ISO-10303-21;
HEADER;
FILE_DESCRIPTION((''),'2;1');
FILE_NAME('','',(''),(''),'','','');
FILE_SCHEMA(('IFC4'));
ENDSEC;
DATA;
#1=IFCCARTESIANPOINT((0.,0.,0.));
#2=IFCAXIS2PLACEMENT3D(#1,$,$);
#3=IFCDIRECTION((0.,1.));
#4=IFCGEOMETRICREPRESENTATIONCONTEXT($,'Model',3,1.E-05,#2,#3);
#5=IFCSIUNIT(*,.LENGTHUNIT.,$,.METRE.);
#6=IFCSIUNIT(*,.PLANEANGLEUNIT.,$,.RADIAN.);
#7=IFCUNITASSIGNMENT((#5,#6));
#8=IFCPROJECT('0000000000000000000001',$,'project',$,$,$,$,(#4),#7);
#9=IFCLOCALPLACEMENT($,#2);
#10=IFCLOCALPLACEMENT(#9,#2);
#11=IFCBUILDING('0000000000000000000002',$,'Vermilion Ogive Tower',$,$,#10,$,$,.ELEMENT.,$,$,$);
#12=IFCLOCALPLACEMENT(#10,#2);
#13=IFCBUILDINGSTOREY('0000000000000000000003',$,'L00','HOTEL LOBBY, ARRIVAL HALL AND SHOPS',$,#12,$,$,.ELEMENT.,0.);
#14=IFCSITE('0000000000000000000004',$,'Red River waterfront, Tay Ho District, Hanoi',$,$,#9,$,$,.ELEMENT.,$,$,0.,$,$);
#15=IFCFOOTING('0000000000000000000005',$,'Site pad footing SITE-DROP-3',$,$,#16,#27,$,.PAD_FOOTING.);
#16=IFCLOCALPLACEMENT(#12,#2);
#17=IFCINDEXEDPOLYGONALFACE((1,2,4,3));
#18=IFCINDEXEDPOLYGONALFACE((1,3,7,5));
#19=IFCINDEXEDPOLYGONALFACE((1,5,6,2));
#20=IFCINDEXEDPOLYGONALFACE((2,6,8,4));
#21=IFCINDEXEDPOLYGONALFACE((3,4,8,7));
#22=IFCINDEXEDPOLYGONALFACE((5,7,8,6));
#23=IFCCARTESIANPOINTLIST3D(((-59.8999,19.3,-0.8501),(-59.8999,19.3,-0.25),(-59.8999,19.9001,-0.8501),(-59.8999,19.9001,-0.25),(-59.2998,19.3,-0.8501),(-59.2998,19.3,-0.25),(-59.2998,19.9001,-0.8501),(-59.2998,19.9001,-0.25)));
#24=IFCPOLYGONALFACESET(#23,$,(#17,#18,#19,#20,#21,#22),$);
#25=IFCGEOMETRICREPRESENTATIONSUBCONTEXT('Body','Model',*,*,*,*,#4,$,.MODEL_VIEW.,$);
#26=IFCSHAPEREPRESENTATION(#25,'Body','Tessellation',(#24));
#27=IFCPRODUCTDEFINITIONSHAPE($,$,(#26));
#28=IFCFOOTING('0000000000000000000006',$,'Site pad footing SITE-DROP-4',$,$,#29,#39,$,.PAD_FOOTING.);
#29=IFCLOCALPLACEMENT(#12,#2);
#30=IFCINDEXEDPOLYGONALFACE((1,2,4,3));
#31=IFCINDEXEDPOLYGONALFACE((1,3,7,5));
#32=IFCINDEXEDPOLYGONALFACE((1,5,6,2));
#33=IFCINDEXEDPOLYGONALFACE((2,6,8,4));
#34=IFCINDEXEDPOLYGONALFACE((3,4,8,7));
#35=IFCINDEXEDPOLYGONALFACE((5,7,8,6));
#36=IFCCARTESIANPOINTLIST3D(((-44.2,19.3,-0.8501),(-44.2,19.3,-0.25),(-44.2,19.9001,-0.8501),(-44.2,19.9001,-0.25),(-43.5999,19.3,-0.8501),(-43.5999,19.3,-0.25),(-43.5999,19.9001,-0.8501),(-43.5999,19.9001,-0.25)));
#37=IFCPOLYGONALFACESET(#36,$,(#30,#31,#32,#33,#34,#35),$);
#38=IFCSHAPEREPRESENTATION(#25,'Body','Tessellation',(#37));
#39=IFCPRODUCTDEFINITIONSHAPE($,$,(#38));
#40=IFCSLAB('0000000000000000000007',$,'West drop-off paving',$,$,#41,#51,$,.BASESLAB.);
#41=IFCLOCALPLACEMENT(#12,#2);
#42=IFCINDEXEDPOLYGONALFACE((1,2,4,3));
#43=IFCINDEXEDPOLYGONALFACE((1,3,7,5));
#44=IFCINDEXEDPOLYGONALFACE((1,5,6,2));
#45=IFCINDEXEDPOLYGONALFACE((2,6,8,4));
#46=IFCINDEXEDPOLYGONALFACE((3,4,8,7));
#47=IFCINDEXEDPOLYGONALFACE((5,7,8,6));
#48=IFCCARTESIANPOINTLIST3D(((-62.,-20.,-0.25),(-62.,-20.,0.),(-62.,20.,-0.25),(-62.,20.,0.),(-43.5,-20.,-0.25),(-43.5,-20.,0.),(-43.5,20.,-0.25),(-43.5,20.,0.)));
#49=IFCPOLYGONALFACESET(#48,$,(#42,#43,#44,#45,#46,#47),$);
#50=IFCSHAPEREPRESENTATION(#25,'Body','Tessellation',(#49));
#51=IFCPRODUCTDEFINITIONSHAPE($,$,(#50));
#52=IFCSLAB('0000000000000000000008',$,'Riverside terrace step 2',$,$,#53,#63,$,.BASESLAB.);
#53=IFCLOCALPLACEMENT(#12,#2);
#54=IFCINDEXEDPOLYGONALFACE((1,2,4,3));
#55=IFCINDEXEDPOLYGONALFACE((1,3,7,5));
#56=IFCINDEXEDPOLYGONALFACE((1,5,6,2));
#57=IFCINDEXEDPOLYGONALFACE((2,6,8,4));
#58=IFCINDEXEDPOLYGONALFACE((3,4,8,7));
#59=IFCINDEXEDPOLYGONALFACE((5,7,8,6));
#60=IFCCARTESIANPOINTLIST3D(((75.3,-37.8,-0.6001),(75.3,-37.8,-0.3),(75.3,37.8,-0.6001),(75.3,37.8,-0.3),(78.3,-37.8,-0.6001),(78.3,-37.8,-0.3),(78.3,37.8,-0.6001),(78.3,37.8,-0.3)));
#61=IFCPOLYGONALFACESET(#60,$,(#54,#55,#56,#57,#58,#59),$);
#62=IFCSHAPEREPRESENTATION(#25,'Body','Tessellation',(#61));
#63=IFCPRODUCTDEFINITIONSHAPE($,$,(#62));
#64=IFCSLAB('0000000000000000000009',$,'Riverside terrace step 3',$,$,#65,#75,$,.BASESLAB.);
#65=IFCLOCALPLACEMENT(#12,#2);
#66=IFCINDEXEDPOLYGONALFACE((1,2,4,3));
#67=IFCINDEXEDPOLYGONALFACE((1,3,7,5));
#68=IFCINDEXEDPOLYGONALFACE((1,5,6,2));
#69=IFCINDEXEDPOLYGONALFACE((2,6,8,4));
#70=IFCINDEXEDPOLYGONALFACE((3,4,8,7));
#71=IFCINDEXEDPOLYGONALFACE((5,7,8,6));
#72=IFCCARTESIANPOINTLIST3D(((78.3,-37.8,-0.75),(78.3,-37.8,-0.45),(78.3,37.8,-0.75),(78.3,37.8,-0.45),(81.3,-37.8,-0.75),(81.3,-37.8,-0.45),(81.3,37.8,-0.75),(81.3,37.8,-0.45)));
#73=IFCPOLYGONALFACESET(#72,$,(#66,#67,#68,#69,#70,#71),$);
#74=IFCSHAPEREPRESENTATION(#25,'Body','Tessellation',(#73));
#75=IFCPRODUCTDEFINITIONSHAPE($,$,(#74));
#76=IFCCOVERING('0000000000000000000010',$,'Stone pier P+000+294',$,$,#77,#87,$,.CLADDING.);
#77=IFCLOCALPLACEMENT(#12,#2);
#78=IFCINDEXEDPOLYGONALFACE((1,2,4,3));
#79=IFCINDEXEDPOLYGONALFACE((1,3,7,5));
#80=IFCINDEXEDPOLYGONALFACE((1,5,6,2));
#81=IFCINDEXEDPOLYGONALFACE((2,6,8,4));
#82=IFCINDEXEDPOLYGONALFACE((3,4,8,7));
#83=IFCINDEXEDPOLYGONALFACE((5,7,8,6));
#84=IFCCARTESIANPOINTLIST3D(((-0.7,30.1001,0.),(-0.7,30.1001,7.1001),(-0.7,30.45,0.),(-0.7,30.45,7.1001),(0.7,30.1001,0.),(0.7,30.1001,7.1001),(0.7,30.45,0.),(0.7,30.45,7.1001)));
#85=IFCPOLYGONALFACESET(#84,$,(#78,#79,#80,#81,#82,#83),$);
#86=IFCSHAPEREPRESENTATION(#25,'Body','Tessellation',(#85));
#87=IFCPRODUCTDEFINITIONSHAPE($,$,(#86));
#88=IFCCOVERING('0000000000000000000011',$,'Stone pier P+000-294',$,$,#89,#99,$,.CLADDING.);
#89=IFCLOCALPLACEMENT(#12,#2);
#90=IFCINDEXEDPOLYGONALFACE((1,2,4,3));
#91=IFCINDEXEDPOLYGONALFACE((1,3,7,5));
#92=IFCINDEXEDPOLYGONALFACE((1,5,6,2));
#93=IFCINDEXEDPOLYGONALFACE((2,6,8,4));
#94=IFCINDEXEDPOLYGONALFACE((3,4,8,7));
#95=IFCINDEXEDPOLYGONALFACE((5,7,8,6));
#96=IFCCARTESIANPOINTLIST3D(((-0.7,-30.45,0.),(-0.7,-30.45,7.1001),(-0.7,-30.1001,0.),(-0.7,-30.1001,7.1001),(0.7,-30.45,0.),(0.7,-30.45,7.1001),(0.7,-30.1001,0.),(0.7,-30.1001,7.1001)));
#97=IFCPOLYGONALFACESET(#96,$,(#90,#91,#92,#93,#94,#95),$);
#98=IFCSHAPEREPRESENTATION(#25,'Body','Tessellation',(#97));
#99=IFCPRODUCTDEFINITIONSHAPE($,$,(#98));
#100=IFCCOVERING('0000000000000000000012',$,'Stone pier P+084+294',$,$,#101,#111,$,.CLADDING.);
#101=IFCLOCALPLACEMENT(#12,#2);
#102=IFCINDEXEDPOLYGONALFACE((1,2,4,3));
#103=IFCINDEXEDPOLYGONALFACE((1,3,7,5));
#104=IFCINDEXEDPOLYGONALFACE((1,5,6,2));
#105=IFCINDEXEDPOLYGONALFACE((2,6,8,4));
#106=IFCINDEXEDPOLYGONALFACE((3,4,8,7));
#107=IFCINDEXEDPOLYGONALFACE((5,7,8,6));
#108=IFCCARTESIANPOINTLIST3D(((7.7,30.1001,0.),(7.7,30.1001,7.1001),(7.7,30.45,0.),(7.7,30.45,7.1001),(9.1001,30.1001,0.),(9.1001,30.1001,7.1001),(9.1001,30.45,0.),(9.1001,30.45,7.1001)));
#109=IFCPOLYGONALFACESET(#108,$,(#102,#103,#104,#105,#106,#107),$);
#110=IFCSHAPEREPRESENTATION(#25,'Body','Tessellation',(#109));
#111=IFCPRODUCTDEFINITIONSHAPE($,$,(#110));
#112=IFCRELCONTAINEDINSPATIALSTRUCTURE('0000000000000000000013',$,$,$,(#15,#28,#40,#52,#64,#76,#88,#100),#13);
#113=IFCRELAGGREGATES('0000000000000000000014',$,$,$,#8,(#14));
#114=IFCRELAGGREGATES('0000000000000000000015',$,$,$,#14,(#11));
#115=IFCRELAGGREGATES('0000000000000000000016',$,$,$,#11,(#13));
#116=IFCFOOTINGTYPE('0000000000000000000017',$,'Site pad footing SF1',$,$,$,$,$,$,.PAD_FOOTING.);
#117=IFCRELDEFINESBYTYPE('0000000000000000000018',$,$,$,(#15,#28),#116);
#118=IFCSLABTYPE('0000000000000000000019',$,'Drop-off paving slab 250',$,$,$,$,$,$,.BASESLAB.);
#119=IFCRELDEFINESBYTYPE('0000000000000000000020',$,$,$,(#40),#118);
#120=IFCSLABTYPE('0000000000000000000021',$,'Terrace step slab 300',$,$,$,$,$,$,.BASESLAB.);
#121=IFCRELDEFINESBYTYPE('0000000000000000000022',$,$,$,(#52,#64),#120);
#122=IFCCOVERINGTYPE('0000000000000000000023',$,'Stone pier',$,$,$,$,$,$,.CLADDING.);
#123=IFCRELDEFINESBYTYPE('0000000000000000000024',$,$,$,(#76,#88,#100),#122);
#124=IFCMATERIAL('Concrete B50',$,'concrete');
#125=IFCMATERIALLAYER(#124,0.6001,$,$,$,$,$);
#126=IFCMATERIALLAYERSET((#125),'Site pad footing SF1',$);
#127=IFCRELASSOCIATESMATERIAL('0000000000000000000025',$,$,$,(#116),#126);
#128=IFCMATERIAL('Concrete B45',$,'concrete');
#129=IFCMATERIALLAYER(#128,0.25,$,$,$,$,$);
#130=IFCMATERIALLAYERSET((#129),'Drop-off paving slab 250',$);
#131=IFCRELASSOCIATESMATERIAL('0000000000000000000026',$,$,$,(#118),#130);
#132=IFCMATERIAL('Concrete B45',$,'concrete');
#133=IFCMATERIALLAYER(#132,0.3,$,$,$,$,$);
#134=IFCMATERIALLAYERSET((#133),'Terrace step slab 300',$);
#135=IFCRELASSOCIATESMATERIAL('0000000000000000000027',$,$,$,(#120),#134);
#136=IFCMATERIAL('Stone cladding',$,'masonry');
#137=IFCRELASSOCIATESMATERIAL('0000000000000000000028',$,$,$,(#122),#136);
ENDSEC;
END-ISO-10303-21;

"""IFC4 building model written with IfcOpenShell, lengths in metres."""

from ifc_helpers import new_model, si_unit, direction, frame, origin, place, context, subcontext, project, spatial, polyline, outline, extrude, material, layer, layer_set, type_object, element, save


model = new_model("IFC4")

# Units and contexts
model_context = context("Model", 3, precision=1e-05, world=origin(), true_north=direction((0.0, 1.0)))
body_context = subcontext(model_context, "Body", "Model", "MODEL_VIEW")
ifc_project = project(units=[si_unit("LENGTHUNIT", "METRE"), si_unit("PLANEANGLEUNIT", "RADIAN")], contexts=[model_context])

# Site, building, storey
site_placement = place(None, origin())
site = spatial("IfcSite", under=ifc_project, at=site_placement, Name="Red River waterfront, Tay Ho District, Hanoi", CompositionType="ELEMENT", RefElevation=0.0)
building_placement = place(site_placement, origin())
building = spatial("IfcBuilding", under=site, at=building_placement, Name="Vermilion Ogive Tower", CompositionType="ELEMENT")
storey_placement = place(building_placement, origin())
storey = spatial("IfcBuildingStorey", under=building, at=storey_placement, Name="L00", Description="HOTEL LOBBY, ARRIVAL HALL AND SHOPS", CompositionType="ELEMENT", Elevation=0.0)

# Footings
ifc_material_1 = material(Name="Concrete B50", Category="concrete")
ifc_layer_1 = layer(ifc_material_1, 0.6001)
ifc_layer_set_1 = layer_set([ifc_layer_1], Name="Site pad footing SF1")
footing_type = type_object("IfcFootingType", Name="Site pad footing SF1", PredefinedType="PAD_FOOTING", material=ifc_layer_set_1)
footing_1_placement = place(storey_placement, frame((0.0, 0.0, -0.8501)))
element("IfcFooting", 1, at=footing_1_placement, inside=storey, type_object=footing_type, Name="Site pad footing SITE-DROP-3", PredefinedType="PAD_FOOTING", context=body_context, shape_type="SweptSolid", body=[
    extrude(outline(polyline([(-59.2998, 19.3), (-59.2998, 19.9001), (-59.8999, 19.9001), (-59.8999, 19.3), (-59.2998, 19.3)])), origin(), (0.0, 0.0, 1.0), 0.6001),
])
footing_2_placement = place(storey_placement, frame((0.0, 0.0, -0.8501)))
element("IfcFooting", 2, at=footing_2_placement, inside=storey, type_object=footing_type, Name="Site pad footing SITE-DROP-4", PredefinedType="PAD_FOOTING", context=body_context, shape_type="SweptSolid", body=[
    extrude(outline(polyline([(-43.5999, 19.3), (-43.5999, 19.9001), (-44.2, 19.9001), (-44.2, 19.3), (-43.5999, 19.3)])), origin(), (0.0, 0.0, 1.0), 0.6001),
])

# Slabs
ifc_material_2 = material(Name="Concrete B45", Category="concrete")
ifc_layer_2 = layer(ifc_material_2, 0.25)
ifc_layer_set_2 = layer_set([ifc_layer_2], Name="Drop-off paving slab 250")
slab_type_1 = type_object("IfcSlabType", Name="Drop-off paving slab 250", PredefinedType="BASESLAB", material=ifc_layer_set_2)
slab_1_placement = place(storey_placement, frame((0.0, 0.0, -0.25)))
element("IfcSlab", 3, at=slab_1_placement, inside=storey, type_object=slab_type_1, Name="West drop-off paving", PredefinedType="BASESLAB", context=body_context, shape_type="SweptSolid", body=[
    extrude(outline(polyline([(-43.5, -20.0), (-43.5, 20.0), (-62.0, 20.0), (-62.0, -20.0), (-43.5, -20.0)])), origin(), (0.0, 0.0, 1.0), 0.25),
])
ifc_material_3 = material(Name="Concrete B45", Category="concrete")
ifc_layer_3 = layer(ifc_material_3, 0.3)
ifc_layer_set_3 = layer_set([ifc_layer_3], Name="Terrace step slab 300")
slab_type_2 = type_object("IfcSlabType", Name="Terrace step slab 300", PredefinedType="BASESLAB", material=ifc_layer_set_3)
slab_2_placement = place(storey_placement, frame((0.0, 0.0, -0.6001)))
element("IfcSlab", 4, at=slab_2_placement, inside=storey, type_object=slab_type_2, Name="Riverside terrace step 2", PredefinedType="BASESLAB", context=body_context, shape_type="SweptSolid", body=[
    extrude(outline(polyline([(78.3, -37.8), (78.3, 37.8), (75.3, 37.8), (75.3, -37.8), (78.3, -37.8)])), origin(), (0.0, 0.0, 1.0), 0.3),
])
slab_3_placement = place(storey_placement, frame((0.0, 0.0, -0.75)))
element("IfcSlab", 5, at=slab_3_placement, inside=storey, type_object=slab_type_2, Name="Riverside terrace step 3", PredefinedType="BASESLAB", context=body_context, shape_type="SweptSolid", body=[
    extrude(outline(polyline([(81.3, -37.8), (81.3, 37.8), (78.3, 37.8), (78.3, -37.8), (81.3, -37.8)])), origin(), (0.0, 0.0, 1.0), 0.3),
])

# Coverings
ifc_material_4 = material(Name="Stone cladding", Category="masonry")
covering_type = type_object("IfcCoveringType", Name="Stone pier", PredefinedType="CLADDING", material=ifc_material_4)
covering_1_placement = place(storey_placement, origin())
element("IfcCovering", 6, at=covering_1_placement, inside=storey, type_object=covering_type, Name="Stone pier P+000+294", PredefinedType="CLADDING", context=body_context, shape_type="SweptSolid", body=[
    extrude(outline(polyline([(-0.7, 30.1001), (-0.7, 30.1001), (-0.7, 30.45), (0.7, 30.45), (0.7, 30.1001), (0.7, 30.1001), (-0.7, 30.1001)])), origin(), (0.0, 0.0, 1.0), 7.1001),
])
covering_2_placement = place(storey_placement, origin())
element("IfcCovering", 7, at=covering_2_placement, inside=storey, type_object=covering_type, Name="Stone pier P+000-294", PredefinedType="CLADDING", context=body_context, shape_type="SweptSolid", body=[
    extrude(outline(polyline([(0.7, -30.1001), (0.7, -30.1001), (0.7, -30.45), (-0.7, -30.45), (-0.7, -30.1001), (-0.7, -30.1001), (0.7, -30.1001)])), origin(), (0.0, 0.0, 1.0), 7.1001),
])
covering_3_placement = place(storey_placement, origin())
element("IfcCovering", 8, at=covering_3_placement, inside=storey, type_object=covering_type, Name="Stone pier P+084+294", PredefinedType="CLADDING", context=body_context, shape_type="SweptSolid", body=[
    extrude(outline(polyline([(7.7, 30.1001), (7.7, 30.1001), (7.7, 30.45), (9.1001, 30.45), (9.1001, 30.1001), (9.1001, 30.1001), (7.7, 30.1001)])), origin(), (0.0, 0.0, 1.0), 7.1001),
])

save(model, "model.ifc")
